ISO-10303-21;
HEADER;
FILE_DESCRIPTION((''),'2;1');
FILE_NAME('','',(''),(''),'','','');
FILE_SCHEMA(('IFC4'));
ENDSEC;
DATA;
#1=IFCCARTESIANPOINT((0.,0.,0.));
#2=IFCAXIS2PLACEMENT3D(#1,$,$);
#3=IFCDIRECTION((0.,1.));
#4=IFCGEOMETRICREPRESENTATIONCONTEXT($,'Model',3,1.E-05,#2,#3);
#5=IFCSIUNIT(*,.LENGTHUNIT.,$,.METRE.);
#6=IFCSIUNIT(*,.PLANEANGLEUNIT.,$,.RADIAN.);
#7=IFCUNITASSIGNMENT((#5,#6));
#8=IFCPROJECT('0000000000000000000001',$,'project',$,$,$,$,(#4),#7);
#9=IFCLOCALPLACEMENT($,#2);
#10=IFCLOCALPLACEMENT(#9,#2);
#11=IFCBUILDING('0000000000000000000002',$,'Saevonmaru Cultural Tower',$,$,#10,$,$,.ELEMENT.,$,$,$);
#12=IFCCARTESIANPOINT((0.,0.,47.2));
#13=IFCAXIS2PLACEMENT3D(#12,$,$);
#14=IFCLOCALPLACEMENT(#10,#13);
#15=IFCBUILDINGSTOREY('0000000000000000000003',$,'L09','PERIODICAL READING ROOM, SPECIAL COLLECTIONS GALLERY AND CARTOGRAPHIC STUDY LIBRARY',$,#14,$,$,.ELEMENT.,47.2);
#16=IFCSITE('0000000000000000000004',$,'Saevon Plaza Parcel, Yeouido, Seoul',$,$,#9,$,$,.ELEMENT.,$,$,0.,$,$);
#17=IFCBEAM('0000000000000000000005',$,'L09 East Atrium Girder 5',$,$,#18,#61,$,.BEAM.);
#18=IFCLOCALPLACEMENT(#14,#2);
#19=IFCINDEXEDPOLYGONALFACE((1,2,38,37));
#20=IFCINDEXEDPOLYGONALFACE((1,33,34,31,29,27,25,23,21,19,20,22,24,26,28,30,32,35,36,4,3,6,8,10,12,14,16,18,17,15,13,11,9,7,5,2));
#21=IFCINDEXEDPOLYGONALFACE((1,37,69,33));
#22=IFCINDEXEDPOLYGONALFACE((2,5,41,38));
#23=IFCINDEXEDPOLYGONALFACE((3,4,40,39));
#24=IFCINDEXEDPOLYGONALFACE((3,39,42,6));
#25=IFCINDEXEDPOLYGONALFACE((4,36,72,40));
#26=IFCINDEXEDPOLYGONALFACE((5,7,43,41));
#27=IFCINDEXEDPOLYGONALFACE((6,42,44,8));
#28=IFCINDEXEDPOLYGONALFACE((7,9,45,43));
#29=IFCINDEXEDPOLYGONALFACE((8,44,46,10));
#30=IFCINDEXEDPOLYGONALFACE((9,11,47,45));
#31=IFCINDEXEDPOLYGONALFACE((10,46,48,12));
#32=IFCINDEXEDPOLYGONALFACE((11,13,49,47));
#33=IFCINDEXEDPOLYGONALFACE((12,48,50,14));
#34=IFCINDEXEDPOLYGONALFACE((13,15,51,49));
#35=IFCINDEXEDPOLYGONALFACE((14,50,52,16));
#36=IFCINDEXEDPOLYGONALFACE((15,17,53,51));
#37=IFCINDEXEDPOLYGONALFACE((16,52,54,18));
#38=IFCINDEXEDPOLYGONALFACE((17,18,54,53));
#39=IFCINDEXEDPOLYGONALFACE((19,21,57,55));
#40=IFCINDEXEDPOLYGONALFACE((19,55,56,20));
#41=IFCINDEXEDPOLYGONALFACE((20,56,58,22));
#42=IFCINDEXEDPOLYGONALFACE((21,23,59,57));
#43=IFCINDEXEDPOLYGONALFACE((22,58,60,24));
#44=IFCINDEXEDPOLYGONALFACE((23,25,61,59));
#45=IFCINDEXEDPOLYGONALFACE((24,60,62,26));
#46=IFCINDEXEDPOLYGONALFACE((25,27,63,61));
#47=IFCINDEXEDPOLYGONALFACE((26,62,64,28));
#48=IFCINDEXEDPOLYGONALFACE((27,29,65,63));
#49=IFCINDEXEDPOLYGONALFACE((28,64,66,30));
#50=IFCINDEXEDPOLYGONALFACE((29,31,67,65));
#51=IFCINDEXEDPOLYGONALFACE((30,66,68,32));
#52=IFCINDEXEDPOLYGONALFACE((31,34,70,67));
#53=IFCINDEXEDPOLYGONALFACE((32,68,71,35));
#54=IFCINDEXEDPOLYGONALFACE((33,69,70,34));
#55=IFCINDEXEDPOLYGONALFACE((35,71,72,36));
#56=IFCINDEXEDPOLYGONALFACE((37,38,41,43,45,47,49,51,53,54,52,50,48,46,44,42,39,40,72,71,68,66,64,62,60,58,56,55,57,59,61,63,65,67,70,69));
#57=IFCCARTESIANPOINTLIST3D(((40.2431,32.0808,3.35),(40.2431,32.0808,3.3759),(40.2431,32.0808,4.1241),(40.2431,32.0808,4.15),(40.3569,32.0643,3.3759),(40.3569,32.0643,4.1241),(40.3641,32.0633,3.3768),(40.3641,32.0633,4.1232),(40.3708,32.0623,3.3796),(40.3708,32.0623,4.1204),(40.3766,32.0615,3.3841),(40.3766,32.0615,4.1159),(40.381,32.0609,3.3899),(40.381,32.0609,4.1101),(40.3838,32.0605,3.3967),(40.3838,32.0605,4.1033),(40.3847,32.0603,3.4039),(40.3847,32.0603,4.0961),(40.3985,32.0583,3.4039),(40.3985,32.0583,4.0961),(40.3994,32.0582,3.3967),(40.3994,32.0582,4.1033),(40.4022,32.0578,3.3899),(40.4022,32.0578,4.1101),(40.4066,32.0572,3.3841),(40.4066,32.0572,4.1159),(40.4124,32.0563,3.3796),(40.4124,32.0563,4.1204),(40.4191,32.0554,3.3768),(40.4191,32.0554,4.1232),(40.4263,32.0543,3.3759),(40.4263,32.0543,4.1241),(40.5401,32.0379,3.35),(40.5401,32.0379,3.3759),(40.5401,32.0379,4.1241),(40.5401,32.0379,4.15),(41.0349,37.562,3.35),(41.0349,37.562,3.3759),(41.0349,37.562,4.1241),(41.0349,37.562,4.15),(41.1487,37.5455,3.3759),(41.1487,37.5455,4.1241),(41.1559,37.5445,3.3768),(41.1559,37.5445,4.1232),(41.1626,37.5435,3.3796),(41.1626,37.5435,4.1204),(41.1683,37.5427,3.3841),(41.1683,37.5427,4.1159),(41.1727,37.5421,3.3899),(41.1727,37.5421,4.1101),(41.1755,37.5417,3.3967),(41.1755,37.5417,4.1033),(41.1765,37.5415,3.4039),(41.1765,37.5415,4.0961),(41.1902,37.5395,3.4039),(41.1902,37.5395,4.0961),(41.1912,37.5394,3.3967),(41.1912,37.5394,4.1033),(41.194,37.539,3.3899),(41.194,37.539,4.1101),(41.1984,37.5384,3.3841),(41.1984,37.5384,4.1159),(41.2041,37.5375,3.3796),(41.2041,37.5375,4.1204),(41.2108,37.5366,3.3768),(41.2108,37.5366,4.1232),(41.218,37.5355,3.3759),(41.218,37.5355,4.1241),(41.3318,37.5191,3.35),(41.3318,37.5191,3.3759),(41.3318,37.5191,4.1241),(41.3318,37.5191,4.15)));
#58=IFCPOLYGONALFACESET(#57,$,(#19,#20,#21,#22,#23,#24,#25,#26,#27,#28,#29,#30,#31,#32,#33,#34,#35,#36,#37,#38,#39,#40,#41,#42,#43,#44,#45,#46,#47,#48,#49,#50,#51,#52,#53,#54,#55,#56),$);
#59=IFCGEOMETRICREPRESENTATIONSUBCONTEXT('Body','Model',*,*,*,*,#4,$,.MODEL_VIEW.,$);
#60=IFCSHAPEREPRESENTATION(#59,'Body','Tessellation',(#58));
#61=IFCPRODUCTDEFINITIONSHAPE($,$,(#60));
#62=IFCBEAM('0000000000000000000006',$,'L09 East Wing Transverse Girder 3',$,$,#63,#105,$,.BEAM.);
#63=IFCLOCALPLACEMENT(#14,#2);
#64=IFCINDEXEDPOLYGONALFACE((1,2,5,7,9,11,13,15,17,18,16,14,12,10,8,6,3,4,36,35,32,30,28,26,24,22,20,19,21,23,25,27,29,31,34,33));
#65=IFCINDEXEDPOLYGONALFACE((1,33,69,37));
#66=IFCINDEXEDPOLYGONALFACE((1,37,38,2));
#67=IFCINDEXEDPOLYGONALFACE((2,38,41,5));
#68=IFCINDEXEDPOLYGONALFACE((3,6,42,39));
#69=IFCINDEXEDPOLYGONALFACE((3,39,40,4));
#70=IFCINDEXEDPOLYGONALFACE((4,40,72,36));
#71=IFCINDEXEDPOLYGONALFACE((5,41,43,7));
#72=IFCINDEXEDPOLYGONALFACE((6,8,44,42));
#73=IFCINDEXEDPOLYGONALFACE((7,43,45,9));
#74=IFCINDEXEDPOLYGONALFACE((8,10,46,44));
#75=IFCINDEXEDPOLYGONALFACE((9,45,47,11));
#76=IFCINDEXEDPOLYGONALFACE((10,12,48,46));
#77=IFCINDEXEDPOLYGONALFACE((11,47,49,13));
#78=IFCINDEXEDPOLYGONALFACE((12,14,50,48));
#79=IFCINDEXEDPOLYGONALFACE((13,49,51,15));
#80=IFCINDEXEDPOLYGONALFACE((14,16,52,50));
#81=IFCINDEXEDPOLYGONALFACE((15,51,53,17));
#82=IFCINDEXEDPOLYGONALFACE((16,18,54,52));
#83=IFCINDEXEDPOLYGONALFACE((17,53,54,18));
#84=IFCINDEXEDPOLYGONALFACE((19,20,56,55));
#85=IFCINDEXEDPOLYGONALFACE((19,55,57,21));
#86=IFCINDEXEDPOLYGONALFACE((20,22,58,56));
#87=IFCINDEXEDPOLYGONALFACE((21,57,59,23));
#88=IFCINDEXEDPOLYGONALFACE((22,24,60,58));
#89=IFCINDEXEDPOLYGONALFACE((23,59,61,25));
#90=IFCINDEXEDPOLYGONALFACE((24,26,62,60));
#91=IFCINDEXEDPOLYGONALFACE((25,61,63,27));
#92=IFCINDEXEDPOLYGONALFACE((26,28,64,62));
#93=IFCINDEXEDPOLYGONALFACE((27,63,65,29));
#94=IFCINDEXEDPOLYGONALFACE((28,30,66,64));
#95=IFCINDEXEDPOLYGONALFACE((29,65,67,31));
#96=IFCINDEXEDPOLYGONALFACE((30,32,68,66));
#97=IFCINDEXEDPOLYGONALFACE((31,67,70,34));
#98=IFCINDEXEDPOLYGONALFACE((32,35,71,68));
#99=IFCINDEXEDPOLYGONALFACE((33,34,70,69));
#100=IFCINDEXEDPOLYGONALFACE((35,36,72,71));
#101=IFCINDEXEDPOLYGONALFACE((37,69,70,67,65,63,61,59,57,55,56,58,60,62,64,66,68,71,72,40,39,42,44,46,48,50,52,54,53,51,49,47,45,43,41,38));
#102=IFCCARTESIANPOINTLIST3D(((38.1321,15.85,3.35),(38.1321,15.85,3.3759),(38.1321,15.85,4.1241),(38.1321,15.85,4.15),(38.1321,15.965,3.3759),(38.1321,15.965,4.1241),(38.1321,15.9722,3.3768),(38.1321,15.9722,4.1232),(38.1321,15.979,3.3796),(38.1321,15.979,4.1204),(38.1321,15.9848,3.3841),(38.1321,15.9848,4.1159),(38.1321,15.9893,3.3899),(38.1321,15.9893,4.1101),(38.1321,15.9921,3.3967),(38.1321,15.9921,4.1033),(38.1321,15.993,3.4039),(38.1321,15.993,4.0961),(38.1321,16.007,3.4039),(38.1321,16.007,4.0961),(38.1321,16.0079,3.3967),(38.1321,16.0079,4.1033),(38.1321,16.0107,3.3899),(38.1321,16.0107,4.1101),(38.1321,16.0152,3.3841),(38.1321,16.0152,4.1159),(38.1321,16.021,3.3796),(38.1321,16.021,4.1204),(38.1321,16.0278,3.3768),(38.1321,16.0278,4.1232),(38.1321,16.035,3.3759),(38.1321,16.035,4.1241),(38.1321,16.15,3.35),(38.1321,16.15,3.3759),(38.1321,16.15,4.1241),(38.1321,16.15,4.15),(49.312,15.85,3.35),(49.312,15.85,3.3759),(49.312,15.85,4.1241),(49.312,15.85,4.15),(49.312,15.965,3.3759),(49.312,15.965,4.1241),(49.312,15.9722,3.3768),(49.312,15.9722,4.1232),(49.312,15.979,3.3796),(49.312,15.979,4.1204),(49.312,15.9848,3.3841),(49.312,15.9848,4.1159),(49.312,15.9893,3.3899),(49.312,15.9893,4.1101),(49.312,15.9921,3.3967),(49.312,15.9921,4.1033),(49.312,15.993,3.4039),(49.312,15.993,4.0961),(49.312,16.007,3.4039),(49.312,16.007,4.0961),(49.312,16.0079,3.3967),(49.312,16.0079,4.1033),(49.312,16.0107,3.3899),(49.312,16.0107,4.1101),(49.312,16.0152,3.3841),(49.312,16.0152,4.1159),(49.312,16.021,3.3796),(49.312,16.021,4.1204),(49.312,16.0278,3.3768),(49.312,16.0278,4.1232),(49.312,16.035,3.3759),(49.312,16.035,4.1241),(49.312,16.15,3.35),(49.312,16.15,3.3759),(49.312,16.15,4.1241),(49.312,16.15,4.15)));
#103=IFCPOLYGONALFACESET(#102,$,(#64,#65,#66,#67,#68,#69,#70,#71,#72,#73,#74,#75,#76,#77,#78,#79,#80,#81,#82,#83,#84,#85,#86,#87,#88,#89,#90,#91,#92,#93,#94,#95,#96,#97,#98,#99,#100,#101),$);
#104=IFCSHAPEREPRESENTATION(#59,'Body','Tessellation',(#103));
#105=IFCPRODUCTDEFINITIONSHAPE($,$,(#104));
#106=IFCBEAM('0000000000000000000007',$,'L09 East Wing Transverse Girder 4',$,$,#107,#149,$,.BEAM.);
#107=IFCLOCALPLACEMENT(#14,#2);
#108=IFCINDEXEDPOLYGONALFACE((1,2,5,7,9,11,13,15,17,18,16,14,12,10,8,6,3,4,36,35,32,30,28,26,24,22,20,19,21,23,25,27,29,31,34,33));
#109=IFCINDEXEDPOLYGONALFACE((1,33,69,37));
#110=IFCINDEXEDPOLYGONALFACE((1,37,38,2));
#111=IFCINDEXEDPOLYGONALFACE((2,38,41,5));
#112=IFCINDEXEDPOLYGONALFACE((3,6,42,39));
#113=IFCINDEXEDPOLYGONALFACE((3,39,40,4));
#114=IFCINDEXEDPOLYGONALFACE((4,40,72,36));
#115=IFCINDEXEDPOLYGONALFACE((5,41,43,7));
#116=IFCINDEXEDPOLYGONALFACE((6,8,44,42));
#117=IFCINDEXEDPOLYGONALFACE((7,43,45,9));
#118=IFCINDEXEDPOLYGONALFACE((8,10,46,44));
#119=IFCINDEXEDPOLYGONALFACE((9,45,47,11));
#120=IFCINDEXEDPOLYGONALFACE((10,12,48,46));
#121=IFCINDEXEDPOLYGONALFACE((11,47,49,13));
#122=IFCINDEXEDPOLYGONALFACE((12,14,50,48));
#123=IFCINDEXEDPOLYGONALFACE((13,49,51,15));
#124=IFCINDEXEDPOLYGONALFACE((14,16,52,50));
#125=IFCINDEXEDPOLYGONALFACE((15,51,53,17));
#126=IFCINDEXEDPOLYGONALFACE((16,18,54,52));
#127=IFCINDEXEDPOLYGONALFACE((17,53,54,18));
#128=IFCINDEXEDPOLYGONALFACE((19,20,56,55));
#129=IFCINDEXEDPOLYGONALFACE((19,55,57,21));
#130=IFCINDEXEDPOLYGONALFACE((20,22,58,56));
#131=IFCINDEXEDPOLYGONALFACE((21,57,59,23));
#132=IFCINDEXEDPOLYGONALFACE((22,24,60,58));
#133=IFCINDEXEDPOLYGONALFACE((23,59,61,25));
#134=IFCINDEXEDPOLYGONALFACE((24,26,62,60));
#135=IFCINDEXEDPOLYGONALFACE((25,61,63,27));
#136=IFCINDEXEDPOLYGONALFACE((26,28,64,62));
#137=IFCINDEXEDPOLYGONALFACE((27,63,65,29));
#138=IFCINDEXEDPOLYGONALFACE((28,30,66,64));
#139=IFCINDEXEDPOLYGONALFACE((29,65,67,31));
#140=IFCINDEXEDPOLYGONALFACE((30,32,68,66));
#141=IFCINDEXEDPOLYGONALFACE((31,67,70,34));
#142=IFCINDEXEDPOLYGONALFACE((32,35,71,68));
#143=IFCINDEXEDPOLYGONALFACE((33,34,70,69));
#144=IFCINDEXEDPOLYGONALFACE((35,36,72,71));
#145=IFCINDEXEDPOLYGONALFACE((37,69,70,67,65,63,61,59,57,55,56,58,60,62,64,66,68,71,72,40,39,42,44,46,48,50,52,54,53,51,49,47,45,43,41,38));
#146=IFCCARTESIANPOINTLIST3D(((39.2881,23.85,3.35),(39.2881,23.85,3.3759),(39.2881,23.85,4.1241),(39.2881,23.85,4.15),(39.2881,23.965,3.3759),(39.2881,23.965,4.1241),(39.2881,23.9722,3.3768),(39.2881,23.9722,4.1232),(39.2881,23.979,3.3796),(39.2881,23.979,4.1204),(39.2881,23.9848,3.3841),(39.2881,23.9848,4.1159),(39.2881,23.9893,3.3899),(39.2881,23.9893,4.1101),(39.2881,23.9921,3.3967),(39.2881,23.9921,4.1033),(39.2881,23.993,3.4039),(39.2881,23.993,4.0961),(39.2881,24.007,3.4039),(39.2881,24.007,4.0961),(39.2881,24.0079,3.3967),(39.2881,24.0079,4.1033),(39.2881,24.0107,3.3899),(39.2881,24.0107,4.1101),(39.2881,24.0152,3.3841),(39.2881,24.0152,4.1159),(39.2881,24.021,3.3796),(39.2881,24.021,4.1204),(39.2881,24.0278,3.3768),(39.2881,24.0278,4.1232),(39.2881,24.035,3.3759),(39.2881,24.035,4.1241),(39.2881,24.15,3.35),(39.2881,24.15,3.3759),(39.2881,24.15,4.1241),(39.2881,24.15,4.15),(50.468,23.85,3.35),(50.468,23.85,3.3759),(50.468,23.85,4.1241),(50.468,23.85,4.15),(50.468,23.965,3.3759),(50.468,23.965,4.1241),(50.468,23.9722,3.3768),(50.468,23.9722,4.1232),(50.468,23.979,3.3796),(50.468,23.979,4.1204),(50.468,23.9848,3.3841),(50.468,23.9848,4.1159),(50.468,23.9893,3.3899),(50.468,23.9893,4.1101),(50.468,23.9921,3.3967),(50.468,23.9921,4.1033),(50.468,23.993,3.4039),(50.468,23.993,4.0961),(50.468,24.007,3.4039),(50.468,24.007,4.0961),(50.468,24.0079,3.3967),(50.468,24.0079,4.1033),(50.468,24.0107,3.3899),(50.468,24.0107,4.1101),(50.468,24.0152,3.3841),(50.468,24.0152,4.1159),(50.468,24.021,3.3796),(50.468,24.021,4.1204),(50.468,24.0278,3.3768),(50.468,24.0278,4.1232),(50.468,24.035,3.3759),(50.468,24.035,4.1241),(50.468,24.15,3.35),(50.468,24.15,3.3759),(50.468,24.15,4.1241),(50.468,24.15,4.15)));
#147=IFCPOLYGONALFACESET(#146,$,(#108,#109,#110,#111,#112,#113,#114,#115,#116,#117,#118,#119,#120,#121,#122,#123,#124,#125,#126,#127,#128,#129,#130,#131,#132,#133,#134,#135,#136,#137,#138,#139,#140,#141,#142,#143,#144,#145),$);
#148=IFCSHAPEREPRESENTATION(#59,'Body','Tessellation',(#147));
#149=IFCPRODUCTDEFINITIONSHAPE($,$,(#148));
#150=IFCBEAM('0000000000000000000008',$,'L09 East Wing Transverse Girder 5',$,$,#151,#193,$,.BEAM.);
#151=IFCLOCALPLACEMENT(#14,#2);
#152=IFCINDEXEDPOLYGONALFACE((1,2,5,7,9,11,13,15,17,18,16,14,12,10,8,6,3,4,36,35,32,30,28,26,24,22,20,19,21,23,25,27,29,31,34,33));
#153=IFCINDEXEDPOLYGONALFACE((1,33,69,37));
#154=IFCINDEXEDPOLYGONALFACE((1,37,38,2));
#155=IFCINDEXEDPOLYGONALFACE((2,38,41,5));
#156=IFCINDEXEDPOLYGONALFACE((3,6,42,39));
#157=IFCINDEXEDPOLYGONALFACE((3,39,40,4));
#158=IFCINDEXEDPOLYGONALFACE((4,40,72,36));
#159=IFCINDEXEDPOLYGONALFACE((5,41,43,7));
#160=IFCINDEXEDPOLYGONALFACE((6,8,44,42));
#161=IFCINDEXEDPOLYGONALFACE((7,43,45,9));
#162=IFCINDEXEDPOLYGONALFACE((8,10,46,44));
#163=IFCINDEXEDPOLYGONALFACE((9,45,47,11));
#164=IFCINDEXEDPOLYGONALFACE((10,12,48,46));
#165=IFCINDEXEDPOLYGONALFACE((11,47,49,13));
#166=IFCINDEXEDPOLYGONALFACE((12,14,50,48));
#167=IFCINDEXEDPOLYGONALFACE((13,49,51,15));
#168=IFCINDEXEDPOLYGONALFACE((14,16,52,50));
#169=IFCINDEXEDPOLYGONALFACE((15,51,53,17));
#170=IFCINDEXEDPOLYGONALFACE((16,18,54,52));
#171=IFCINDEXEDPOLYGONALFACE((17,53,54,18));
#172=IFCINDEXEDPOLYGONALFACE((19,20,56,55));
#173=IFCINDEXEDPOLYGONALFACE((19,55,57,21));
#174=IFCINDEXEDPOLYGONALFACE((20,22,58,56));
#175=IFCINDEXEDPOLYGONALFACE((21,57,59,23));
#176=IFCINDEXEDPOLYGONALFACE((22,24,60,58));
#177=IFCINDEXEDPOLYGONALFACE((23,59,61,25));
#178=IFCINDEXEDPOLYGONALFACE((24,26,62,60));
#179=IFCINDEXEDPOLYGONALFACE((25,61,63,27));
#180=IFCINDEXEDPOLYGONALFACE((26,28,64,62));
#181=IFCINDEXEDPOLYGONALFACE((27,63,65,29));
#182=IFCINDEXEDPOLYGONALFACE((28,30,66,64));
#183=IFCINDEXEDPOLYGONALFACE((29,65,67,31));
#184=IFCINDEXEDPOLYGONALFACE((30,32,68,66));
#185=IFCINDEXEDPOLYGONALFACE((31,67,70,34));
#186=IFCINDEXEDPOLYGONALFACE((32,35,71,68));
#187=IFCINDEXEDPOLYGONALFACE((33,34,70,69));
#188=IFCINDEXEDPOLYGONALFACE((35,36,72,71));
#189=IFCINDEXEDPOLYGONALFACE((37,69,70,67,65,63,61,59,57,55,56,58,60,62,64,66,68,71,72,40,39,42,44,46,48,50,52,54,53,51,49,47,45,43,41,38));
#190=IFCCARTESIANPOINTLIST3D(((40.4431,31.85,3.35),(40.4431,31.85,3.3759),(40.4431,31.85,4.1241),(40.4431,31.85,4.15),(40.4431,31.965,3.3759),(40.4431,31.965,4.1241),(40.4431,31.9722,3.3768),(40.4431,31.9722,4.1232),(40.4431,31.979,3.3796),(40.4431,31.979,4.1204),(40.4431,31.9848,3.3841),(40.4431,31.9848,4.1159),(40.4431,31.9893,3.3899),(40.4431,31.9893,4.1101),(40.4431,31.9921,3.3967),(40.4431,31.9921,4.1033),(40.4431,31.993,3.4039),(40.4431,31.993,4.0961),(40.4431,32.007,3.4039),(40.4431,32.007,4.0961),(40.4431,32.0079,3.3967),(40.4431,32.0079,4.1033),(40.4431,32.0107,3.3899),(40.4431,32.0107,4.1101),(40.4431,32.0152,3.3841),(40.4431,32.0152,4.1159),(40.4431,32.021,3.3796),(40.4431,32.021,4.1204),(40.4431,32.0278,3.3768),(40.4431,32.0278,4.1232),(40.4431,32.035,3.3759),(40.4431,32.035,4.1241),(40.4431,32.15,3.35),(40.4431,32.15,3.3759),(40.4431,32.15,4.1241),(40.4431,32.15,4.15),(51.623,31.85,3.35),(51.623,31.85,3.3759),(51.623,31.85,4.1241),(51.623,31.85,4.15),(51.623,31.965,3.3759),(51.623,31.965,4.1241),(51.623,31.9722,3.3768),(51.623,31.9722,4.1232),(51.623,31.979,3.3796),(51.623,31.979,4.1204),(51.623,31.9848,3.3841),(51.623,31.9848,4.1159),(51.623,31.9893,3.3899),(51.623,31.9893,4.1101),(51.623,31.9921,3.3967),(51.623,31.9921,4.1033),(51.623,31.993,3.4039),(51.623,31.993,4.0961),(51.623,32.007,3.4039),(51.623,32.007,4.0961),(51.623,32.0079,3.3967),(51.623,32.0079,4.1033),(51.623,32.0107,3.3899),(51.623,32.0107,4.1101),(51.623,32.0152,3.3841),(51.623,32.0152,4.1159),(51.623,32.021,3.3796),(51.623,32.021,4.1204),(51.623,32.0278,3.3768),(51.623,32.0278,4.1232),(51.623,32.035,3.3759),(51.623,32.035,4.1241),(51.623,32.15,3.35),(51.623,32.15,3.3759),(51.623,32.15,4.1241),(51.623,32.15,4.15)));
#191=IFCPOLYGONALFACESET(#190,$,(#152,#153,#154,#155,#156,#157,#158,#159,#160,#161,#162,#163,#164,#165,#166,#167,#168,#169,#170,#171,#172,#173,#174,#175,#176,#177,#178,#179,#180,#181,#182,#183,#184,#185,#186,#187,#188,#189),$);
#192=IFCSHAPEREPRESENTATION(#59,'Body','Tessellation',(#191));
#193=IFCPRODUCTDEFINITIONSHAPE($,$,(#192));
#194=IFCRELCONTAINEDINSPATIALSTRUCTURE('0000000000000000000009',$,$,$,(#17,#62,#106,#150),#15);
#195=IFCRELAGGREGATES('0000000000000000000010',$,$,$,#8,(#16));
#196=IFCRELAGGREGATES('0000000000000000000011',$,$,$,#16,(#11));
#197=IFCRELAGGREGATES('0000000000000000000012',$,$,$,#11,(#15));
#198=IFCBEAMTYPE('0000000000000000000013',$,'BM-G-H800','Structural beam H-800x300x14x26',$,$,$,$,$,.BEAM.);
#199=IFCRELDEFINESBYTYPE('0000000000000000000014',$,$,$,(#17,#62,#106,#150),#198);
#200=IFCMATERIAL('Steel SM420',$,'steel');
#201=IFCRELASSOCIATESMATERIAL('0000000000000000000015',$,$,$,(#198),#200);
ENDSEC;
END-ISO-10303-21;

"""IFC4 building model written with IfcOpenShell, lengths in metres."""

from ifc_helpers import new_model, si_unit, direction, frame, origin, origin_2d, place, context, subcontext, project, spatial, i_section, extrude, material, material_profile, profile_set, type_object, element, save


model = new_model("IFC4")

# Units and contexts
model_context = context("Model", 3, precision=1e-05, world=origin(), true_north=direction((0.0, 1.0)))
body_context = subcontext(model_context, "Body", "Model", "MODEL_VIEW")
ifc_project = project(units=[si_unit("LENGTHUNIT", "METRE"), si_unit("PLANEANGLEUNIT", "RADIAN")], contexts=[model_context])

# Site, building, storey
site_placement = place(None, origin())
site = spatial("IfcSite", under=ifc_project, at=site_placement, Name="Saevon Plaza Parcel, Yeouido, Seoul", CompositionType="ELEMENT", RefElevation=0.0)
building_placement = place(site_placement, origin())
building = spatial("IfcBuilding", under=site, at=building_placement, Name="Saevonmaru Cultural Tower", CompositionType="ELEMENT")
storey_placement = place(building_placement, frame((0.0, 0.0, 47.2)))
storey = spatial("IfcBuildingStorey", under=building, at=storey_placement, Name="L09", Description="PERIODICAL READING ROOM, SPECIAL COLLECTIONS GALLERY AND CARTOGRAPHIC STUDY LIBRARY", CompositionType="ELEMENT", Elevation=47.2)

# Shared definitions
ifc_material_1 = material(Name="Steel SM420", Category="steel")

# Beams
ifc_material_profile_1 = material_profile(ifc_material_1, i_section(OverallWidth=0.3, OverallDepth=0.8, WebThickness=0.0139, FlangeThickness=0.0259, FilletRadius=0.0281, at=origin_2d()), Name="H-800x300x14x26")
ifc_profile_set_1 = profile_set([ifc_material_profile_1], Name="Steel SM420")
beam_type_1 = type_object("IfcBeamType", Name="BM-G-H800", Description="Structural beam H-800x300x14x26", PredefinedType="BEAM", material=ifc_profile_set_1)
beam_1_placement = place(storey_placement, frame((40.3916, 32.0593, 3.75), z_axis=(0.142964, 0.989728, 0.0), x_axis=(-0.989728, 0.142964, 0.0)))
element("IfcBeam", 1, at=beam_1_placement, inside=storey, type_object=beam_type_1, Name="L09 East Atrium Girder 5", PredefinedType="BEAM", context=body_context, shape_type="SweptSolid", body=[
    extrude(i_section(OverallWidth=0.3, OverallDepth=0.8, WebThickness=0.0139, FlangeThickness=0.0259, FilletRadius=0.0281, at=origin_2d()), origin(), (0.0, 0.0, 1.0), 5.5381),
])
for number, where, z_axis, x_axis, name in (
    (2, (38.1321, 16.0, 3.75), (1.0, 0.0, 0.0), (0.0, 1.0, 0.0), "L09 East Wing Transverse Girder 3"),
    (3, (39.2881, 24.0, 3.75), (1.0, 0.0, 0.0), (0.0, 1.0, 0.0), "L09 East Wing Transverse Girder 4"),
    (4, (40.4431, 32.0, 3.75), (1.0, 0.0, 0.0), (0.0, 1.0, 0.0), "L09 East Wing Transverse Girder 5"),
):
    element("IfcBeam", number, at=place(storey_placement, frame(where, z_axis=z_axis, x_axis=x_axis)), inside=storey, type_object=beam_type_1, Name=name, PredefinedType="BEAM", context=body_context, shape_type="SweptSolid", body=[
        extrude(i_section(OverallWidth=0.3, OverallDepth=0.8, WebThickness=0.0139, FlangeThickness=0.0259, FilletRadius=0.0281, at=origin_2d()), origin(), (0.0, 0.0, 1.0), 11.1799),
    ])

save(model, "model.ifc")
